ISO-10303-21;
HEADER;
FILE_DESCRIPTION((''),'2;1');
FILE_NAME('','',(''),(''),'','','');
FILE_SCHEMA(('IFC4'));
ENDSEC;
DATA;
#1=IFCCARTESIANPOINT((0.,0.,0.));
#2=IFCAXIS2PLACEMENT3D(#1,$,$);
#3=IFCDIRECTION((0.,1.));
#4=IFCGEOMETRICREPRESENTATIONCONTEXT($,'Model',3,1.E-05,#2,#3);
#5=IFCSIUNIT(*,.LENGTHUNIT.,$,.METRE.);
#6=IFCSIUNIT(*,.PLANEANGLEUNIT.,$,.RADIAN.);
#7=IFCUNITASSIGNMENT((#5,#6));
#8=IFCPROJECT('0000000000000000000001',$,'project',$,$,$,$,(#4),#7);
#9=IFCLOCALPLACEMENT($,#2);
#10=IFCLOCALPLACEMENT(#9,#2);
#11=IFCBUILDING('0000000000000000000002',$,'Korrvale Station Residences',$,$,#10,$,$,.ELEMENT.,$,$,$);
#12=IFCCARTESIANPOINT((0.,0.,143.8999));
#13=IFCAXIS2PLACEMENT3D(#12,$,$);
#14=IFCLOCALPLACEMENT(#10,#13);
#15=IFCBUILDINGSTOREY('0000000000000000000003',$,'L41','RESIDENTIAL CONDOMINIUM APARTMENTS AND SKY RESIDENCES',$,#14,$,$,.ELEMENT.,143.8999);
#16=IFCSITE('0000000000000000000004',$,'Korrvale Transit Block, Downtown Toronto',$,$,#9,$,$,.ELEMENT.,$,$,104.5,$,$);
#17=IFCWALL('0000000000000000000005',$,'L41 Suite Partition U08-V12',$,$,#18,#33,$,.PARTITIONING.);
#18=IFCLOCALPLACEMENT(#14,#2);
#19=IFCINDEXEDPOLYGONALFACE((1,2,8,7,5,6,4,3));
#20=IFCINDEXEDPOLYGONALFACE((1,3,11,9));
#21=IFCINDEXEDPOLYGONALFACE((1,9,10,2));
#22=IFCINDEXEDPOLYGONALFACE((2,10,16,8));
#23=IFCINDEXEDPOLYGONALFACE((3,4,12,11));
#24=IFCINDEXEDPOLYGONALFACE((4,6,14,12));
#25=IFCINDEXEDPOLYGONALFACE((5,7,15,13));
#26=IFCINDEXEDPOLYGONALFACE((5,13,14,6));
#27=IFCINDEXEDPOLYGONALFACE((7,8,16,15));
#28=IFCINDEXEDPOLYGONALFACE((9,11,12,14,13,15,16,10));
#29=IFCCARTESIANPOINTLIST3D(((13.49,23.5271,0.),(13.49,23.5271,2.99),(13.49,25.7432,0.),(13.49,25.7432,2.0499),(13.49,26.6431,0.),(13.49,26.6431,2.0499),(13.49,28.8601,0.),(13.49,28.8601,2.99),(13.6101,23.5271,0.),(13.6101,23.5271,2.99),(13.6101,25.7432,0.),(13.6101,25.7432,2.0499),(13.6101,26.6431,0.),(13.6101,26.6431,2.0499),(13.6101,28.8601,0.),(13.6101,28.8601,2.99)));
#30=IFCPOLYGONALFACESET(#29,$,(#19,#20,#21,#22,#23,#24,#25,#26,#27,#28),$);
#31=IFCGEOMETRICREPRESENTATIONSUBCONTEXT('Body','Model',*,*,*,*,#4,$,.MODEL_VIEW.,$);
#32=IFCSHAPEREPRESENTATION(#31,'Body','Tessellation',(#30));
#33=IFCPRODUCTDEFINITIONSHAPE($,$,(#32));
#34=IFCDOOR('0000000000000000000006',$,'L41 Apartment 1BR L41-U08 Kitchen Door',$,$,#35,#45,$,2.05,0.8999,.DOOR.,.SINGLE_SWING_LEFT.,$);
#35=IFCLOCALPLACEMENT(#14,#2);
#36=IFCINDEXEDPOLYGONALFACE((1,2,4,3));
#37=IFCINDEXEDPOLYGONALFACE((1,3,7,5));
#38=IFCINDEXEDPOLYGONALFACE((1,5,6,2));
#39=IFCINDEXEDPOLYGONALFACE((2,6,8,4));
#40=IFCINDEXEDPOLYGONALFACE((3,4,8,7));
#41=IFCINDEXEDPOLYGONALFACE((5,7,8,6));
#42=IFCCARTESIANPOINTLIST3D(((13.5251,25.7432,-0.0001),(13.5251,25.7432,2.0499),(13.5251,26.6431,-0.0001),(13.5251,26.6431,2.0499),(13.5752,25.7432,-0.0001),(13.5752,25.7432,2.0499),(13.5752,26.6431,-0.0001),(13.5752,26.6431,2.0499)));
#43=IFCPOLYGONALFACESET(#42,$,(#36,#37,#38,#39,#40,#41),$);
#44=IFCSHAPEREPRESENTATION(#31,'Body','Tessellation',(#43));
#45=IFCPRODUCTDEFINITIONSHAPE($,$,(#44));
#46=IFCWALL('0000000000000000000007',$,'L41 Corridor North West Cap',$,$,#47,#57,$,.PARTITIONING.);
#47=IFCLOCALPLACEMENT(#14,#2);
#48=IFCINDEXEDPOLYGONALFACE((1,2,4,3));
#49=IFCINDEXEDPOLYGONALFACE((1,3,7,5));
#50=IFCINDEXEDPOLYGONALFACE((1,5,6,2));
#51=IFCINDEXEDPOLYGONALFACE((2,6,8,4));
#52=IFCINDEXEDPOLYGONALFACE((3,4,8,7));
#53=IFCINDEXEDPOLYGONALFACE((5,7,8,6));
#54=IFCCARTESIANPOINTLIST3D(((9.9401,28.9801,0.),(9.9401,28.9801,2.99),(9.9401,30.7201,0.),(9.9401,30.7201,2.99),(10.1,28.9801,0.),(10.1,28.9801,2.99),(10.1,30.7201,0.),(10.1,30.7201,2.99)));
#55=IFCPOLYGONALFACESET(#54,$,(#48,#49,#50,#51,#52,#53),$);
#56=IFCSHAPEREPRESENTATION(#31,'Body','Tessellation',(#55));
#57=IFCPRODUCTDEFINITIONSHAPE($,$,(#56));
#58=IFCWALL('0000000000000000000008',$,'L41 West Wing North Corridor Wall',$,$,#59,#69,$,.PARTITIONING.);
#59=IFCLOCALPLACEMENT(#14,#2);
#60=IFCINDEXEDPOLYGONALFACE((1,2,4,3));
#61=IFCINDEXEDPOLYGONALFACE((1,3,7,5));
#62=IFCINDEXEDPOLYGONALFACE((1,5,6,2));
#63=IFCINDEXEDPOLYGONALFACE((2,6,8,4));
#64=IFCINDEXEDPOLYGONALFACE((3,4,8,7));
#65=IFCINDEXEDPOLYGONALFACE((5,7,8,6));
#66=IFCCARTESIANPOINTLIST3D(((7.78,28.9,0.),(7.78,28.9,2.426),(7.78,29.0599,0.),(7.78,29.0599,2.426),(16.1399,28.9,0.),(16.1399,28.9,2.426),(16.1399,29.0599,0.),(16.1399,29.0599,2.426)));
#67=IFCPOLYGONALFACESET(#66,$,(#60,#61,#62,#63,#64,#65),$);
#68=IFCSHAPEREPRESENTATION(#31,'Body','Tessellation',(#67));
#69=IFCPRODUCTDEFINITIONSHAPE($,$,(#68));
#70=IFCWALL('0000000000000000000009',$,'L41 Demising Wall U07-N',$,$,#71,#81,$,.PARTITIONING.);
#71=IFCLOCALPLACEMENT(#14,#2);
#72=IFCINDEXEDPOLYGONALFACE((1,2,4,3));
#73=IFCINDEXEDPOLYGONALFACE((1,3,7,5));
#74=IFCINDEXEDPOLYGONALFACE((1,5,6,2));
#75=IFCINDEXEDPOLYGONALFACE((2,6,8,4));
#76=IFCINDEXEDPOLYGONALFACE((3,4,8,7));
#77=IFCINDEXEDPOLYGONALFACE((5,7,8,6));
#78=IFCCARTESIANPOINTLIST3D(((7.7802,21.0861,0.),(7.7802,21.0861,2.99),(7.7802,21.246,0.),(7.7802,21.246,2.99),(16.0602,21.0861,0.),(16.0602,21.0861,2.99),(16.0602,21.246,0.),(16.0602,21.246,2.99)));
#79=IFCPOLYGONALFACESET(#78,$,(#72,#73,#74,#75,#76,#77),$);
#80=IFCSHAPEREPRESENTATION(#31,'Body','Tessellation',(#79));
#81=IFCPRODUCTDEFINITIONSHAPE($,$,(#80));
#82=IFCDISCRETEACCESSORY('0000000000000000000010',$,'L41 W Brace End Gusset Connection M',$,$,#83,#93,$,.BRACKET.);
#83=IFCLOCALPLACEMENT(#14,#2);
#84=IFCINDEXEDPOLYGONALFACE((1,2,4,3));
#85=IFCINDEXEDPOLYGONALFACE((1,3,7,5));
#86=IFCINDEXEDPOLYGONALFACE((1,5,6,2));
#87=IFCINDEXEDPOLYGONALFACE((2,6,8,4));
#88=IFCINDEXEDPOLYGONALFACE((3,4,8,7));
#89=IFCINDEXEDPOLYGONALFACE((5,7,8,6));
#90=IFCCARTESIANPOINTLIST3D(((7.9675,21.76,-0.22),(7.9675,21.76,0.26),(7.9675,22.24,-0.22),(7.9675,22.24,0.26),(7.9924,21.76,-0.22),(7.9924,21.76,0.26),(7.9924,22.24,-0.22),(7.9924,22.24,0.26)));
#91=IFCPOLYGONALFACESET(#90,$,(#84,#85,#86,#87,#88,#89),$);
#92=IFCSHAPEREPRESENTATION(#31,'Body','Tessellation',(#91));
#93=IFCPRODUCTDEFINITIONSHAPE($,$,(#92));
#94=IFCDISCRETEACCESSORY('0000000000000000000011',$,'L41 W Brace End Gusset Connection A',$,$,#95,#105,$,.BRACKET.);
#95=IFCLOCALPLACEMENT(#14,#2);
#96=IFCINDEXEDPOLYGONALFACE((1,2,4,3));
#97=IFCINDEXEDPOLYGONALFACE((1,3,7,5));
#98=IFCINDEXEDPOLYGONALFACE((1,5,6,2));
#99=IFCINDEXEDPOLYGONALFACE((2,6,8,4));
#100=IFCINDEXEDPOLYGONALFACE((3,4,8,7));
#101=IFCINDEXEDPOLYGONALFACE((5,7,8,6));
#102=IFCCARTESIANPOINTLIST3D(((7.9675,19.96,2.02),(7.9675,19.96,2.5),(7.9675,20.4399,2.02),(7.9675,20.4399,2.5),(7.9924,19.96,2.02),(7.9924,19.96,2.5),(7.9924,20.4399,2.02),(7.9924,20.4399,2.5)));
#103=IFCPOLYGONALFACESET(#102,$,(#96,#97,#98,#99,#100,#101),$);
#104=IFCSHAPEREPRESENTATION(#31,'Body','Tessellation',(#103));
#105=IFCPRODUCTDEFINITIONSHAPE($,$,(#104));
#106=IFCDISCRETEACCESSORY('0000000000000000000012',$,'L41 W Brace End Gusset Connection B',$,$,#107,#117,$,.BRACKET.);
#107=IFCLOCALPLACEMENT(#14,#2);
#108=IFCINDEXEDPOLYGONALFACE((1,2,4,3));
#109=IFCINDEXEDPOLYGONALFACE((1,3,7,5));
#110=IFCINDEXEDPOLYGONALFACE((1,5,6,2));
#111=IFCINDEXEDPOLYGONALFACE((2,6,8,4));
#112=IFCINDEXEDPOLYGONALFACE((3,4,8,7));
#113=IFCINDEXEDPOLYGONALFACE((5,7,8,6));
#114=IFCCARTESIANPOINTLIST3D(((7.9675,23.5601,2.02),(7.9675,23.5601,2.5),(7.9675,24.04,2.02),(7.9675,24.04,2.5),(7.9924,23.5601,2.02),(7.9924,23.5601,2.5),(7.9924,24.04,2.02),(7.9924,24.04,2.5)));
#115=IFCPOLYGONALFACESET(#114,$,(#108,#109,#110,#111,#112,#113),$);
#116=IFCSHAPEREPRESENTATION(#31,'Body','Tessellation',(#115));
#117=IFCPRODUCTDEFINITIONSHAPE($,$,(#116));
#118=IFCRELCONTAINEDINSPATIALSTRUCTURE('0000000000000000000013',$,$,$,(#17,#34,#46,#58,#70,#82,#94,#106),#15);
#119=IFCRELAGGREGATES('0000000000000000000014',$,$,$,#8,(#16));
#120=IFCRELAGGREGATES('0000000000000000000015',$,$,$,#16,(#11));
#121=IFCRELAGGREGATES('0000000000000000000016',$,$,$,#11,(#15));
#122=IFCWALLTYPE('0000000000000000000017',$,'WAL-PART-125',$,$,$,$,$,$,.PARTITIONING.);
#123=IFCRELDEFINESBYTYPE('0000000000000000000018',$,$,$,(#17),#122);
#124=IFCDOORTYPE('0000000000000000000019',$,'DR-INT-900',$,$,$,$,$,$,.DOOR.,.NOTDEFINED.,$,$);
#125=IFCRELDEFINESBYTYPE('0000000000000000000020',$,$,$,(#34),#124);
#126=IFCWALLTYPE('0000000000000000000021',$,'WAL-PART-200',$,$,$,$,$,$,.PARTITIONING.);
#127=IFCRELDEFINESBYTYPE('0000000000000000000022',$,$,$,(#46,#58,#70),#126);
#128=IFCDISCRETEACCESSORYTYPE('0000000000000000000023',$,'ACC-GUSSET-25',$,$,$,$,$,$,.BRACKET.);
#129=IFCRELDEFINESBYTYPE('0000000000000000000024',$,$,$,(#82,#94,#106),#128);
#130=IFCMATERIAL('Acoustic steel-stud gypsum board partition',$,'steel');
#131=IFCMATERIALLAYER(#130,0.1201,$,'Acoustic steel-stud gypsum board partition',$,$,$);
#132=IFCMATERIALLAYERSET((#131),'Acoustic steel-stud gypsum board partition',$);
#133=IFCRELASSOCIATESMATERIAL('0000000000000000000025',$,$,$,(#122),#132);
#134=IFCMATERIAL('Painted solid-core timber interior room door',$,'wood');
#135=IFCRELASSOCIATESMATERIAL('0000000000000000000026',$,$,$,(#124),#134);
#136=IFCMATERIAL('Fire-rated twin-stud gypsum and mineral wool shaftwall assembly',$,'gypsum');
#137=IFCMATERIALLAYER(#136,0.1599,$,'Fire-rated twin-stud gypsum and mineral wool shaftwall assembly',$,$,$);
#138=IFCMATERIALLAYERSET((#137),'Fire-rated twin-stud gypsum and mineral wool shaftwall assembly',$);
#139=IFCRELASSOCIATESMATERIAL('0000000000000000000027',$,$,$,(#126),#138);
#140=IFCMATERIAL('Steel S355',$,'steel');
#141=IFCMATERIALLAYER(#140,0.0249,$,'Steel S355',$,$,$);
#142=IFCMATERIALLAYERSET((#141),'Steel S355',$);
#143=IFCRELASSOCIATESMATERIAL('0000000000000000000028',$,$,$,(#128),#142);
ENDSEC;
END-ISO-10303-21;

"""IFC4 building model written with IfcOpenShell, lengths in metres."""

from ifc_helpers import new_model, si_unit, direction, frame, frame_2d, origin, origin_2d, place, context, subcontext, project, spatial, rectangle, extrude, material, layer, layer_set, type_object, element, fill, save


model = new_model("IFC4")

# Units and contexts
model_context = context("Model", 3, precision=1e-05, world=origin(), true_north=direction((0.0, 1.0)))
body_context = subcontext(model_context, "Body", "Model", "MODEL_VIEW")
ifc_project = project(units=[si_unit("LENGTHUNIT", "METRE"), si_unit("PLANEANGLEUNIT", "RADIAN")], contexts=[model_context])

# Site, building, storey
site_placement = place(None, origin())
site = spatial("IfcSite", under=ifc_project, at=site_placement, Name="Korrvale Transit Block, Downtown Toronto", CompositionType="ELEMENT", RefElevation=104.5)
building_placement = place(site_placement, origin())
building = spatial("IfcBuilding", under=site, at=building_placement, Name="Korrvale Station Residences", CompositionType="ELEMENT")
storey_placement = place(building_placement, frame((0.0, 0.0, 143.8999)))
storey = spatial("IfcBuildingStorey", under=building, at=storey_placement, Name="L41", Description="RESIDENTIAL CONDOMINIUM APARTMENTS AND SKY RESIDENCES", CompositionType="ELEMENT", Elevation=143.8999)

# Shared definitions
ifc_material_1 = material(Name="Steel S355", Category="steel")

# Shared definitions
ifc_material_2 = material(Name="Acoustic steel-stud gypsum board partition", Category="steel")
ifc_layer_1 = layer(ifc_material_2, 0.1201, Name="Acoustic steel-stud gypsum board partition")
ifc_layer_set_1 = layer_set([ifc_layer_1], Name="Acoustic steel-stud gypsum board partition")
wall_type_1 = type_object("IfcWallType", Name="WAL-PART-125", PredefinedType="PARTITIONING", material=ifc_layer_set_1)

# Wall, opening, door
wall_1_placement = place(storey_placement, frame((13.55, 23.5271, 0.0), z_axis=(0.0, 0.0, 1.0), x_axis=(0.0, 1.0, 0.0)))
wall_1 = element("IfcWall", 1, at=wall_1_placement, inside=storey, type_object=wall_type_1, Name="L41 Suite Partition U08-V12", PredefinedType="PARTITIONING", context=body_context, shape_type="SweptSolid", body=[
    extrude(rectangle(XDim=5.333, YDim=0.1201, at=frame_2d((2.6665, 0.0))), origin(), (0.0, 0.0, 1.0), 2.99),
])
opening_1_placement = place(wall_1_placement, frame((2.2161, 0.0, 0.0)))
opening_1 = element("IfcOpeningElement", 2, at=opening_1_placement, cuts=wall_1, PredefinedType="OPENING", context=body_context, shape_type="SweptSolid", body=[
    extrude(rectangle(XDim=0.8999, YDim=2.05, at=frame_2d((0.45, 1.0249))), frame((0.0, 0.0701, 0.0), z_axis=(0.0, -1.0, 0.0), x_axis=(1.0, 0.0, 0.0)), (0.0, 0.0, 1.0), 0.1401),
])
ifc_material_3 = material(Name="Painted solid-core timber interior room door", Category="wood")
door_type_1 = type_object("IfcDoorType", Name="DR-INT-900", OperationType="NOTDEFINED", PredefinedType="DOOR", material=ifc_material_3)
door_1_placement = place(opening_1_placement, origin())
door_1 = element("IfcDoor", 3, at=door_1_placement, inside=storey, type_object=door_type_1, Name="L41 Apartment 1BR L41-U08 Kitchen Door", OperationType="SINGLE_SWING_LEFT", OverallHeight=2.05, OverallWidth=0.8999, PredefinedType="DOOR", context=body_context, shape_type="SweptSolid", body=[
    extrude(rectangle(XDim=0.8999, YDim=2.05, at=frame_2d((0.45, 1.0249))), frame((0.0, 0.0249, 0.0), z_axis=(0.0, -1.0, 0.0), x_axis=(1.0, 0.0, 0.0)), (0.0, 0.0, 1.0), 0.05),
])
fill(opening_1, door_1)

# Walls
ifc_material_4 = material(Name="Fire-rated twin-stud gypsum and mineral wool shaftwall assembly", Category="gypsum")
ifc_layer_2 = layer(ifc_material_4, 0.1599, Name="Fire-rated twin-stud gypsum and mineral wool shaftwall assembly")
ifc_layer_set_2 = layer_set([ifc_layer_2], Name="Fire-rated twin-stud gypsum and mineral wool shaftwall assembly")
wall_type_2 = type_object("IfcWallType", Name="WAL-PART-200", PredefinedType="PARTITIONING", material=ifc_layer_set_2)
wall_2_placement = place(storey_placement, frame((10.02, 28.98, 0.0), z_axis=(0.0, 0.0, 1.0), x_axis=(0.0, 1.0, 0.0)))
element("IfcWall", 4, at=wall_2_placement, inside=storey, type_object=wall_type_2, Name="L41 Corridor North West Cap", PredefinedType="PARTITIONING", context=body_context, shape_type="SweptSolid", body=[
    extrude(rectangle(XDim=1.74, YDim=0.1599, at=frame_2d((0.8701, 0.0))), origin(), (0.0, 0.0, 1.0), 2.99),
])
wall_3_placement = place(storey_placement, frame((7.78, 28.98, 0.0), z_axis=(0.0, 0.0, 1.0), x_axis=(1.0, 0.0, 0.0)))
element("IfcWall", 5, at=wall_3_placement, inside=storey, type_object=wall_type_2, Name="L41 West Wing North Corridor Wall", PredefinedType="PARTITIONING", context=body_context, shape_type="SweptSolid", body=[
    extrude(rectangle(XDim=8.3599, YDim=0.1599, at=frame_2d((4.1799, 0.0))), origin(), (0.0, 0.0, 1.0), 2.426),
])
wall_4_placement = place(storey_placement, frame((7.78, 21.166, 0.0), z_axis=(0.0, 0.0, 1.0), x_axis=(1.0, 0.0, 0.0)))
element("IfcWall", 6, at=wall_4_placement, inside=storey, type_object=wall_type_2, Name="L41 Demising Wall U07-N", PredefinedType="PARTITIONING", context=body_context, shape_type="SweptSolid", body=[
    extrude(rectangle(XDim=8.28, YDim=0.1599, at=frame_2d((4.1401, 0.0))), origin(), (0.0, 0.0, 1.0), 2.99),
])

# Discrete accessories
ifc_layer_3 = layer(ifc_material_1, 0.0249, Name="Steel S355")
ifc_layer_set_3 = layer_set([ifc_layer_3], Name="Steel S355")
discrete_accessory_type = type_object("IfcDiscreteAccessoryType", Name="ACC-GUSSET-25", PredefinedType="BRACKET", material=ifc_layer_set_3)
for number, where, z_axis, x_axis, name in (
    (7, (7.98, 22.0, -0.22), (0.0, 0.0, 1.0), (0.0, 1.0, 0.0), "L41 W Brace End Gusset Connection M"),
    (8, (7.98, 20.2, 2.02), (0.0, 0.0, 1.0), (0.0, 1.0, 0.0), "L41 W Brace End Gusset Connection A"),
    (9, (7.98, 23.8, 2.02), (0.0, 0.0, 1.0), (0.0, 1.0, 0.0), "L41 W Brace End Gusset Connection B"),
):
    element("IfcDiscreteAccessory", number, at=place(storey_placement, frame(where, z_axis=z_axis, x_axis=x_axis)), inside=storey, type_object=discrete_accessory_type, Name=name, PredefinedType="BRACKET", context=body_context, shape_type="SweptSolid", body=[
        extrude(rectangle(XDim=0.48, YDim=0.0249, at=origin_2d()), origin(), (0.0, 0.0, 1.0), 0.48),
    ])

save(model, "model.ifc")
